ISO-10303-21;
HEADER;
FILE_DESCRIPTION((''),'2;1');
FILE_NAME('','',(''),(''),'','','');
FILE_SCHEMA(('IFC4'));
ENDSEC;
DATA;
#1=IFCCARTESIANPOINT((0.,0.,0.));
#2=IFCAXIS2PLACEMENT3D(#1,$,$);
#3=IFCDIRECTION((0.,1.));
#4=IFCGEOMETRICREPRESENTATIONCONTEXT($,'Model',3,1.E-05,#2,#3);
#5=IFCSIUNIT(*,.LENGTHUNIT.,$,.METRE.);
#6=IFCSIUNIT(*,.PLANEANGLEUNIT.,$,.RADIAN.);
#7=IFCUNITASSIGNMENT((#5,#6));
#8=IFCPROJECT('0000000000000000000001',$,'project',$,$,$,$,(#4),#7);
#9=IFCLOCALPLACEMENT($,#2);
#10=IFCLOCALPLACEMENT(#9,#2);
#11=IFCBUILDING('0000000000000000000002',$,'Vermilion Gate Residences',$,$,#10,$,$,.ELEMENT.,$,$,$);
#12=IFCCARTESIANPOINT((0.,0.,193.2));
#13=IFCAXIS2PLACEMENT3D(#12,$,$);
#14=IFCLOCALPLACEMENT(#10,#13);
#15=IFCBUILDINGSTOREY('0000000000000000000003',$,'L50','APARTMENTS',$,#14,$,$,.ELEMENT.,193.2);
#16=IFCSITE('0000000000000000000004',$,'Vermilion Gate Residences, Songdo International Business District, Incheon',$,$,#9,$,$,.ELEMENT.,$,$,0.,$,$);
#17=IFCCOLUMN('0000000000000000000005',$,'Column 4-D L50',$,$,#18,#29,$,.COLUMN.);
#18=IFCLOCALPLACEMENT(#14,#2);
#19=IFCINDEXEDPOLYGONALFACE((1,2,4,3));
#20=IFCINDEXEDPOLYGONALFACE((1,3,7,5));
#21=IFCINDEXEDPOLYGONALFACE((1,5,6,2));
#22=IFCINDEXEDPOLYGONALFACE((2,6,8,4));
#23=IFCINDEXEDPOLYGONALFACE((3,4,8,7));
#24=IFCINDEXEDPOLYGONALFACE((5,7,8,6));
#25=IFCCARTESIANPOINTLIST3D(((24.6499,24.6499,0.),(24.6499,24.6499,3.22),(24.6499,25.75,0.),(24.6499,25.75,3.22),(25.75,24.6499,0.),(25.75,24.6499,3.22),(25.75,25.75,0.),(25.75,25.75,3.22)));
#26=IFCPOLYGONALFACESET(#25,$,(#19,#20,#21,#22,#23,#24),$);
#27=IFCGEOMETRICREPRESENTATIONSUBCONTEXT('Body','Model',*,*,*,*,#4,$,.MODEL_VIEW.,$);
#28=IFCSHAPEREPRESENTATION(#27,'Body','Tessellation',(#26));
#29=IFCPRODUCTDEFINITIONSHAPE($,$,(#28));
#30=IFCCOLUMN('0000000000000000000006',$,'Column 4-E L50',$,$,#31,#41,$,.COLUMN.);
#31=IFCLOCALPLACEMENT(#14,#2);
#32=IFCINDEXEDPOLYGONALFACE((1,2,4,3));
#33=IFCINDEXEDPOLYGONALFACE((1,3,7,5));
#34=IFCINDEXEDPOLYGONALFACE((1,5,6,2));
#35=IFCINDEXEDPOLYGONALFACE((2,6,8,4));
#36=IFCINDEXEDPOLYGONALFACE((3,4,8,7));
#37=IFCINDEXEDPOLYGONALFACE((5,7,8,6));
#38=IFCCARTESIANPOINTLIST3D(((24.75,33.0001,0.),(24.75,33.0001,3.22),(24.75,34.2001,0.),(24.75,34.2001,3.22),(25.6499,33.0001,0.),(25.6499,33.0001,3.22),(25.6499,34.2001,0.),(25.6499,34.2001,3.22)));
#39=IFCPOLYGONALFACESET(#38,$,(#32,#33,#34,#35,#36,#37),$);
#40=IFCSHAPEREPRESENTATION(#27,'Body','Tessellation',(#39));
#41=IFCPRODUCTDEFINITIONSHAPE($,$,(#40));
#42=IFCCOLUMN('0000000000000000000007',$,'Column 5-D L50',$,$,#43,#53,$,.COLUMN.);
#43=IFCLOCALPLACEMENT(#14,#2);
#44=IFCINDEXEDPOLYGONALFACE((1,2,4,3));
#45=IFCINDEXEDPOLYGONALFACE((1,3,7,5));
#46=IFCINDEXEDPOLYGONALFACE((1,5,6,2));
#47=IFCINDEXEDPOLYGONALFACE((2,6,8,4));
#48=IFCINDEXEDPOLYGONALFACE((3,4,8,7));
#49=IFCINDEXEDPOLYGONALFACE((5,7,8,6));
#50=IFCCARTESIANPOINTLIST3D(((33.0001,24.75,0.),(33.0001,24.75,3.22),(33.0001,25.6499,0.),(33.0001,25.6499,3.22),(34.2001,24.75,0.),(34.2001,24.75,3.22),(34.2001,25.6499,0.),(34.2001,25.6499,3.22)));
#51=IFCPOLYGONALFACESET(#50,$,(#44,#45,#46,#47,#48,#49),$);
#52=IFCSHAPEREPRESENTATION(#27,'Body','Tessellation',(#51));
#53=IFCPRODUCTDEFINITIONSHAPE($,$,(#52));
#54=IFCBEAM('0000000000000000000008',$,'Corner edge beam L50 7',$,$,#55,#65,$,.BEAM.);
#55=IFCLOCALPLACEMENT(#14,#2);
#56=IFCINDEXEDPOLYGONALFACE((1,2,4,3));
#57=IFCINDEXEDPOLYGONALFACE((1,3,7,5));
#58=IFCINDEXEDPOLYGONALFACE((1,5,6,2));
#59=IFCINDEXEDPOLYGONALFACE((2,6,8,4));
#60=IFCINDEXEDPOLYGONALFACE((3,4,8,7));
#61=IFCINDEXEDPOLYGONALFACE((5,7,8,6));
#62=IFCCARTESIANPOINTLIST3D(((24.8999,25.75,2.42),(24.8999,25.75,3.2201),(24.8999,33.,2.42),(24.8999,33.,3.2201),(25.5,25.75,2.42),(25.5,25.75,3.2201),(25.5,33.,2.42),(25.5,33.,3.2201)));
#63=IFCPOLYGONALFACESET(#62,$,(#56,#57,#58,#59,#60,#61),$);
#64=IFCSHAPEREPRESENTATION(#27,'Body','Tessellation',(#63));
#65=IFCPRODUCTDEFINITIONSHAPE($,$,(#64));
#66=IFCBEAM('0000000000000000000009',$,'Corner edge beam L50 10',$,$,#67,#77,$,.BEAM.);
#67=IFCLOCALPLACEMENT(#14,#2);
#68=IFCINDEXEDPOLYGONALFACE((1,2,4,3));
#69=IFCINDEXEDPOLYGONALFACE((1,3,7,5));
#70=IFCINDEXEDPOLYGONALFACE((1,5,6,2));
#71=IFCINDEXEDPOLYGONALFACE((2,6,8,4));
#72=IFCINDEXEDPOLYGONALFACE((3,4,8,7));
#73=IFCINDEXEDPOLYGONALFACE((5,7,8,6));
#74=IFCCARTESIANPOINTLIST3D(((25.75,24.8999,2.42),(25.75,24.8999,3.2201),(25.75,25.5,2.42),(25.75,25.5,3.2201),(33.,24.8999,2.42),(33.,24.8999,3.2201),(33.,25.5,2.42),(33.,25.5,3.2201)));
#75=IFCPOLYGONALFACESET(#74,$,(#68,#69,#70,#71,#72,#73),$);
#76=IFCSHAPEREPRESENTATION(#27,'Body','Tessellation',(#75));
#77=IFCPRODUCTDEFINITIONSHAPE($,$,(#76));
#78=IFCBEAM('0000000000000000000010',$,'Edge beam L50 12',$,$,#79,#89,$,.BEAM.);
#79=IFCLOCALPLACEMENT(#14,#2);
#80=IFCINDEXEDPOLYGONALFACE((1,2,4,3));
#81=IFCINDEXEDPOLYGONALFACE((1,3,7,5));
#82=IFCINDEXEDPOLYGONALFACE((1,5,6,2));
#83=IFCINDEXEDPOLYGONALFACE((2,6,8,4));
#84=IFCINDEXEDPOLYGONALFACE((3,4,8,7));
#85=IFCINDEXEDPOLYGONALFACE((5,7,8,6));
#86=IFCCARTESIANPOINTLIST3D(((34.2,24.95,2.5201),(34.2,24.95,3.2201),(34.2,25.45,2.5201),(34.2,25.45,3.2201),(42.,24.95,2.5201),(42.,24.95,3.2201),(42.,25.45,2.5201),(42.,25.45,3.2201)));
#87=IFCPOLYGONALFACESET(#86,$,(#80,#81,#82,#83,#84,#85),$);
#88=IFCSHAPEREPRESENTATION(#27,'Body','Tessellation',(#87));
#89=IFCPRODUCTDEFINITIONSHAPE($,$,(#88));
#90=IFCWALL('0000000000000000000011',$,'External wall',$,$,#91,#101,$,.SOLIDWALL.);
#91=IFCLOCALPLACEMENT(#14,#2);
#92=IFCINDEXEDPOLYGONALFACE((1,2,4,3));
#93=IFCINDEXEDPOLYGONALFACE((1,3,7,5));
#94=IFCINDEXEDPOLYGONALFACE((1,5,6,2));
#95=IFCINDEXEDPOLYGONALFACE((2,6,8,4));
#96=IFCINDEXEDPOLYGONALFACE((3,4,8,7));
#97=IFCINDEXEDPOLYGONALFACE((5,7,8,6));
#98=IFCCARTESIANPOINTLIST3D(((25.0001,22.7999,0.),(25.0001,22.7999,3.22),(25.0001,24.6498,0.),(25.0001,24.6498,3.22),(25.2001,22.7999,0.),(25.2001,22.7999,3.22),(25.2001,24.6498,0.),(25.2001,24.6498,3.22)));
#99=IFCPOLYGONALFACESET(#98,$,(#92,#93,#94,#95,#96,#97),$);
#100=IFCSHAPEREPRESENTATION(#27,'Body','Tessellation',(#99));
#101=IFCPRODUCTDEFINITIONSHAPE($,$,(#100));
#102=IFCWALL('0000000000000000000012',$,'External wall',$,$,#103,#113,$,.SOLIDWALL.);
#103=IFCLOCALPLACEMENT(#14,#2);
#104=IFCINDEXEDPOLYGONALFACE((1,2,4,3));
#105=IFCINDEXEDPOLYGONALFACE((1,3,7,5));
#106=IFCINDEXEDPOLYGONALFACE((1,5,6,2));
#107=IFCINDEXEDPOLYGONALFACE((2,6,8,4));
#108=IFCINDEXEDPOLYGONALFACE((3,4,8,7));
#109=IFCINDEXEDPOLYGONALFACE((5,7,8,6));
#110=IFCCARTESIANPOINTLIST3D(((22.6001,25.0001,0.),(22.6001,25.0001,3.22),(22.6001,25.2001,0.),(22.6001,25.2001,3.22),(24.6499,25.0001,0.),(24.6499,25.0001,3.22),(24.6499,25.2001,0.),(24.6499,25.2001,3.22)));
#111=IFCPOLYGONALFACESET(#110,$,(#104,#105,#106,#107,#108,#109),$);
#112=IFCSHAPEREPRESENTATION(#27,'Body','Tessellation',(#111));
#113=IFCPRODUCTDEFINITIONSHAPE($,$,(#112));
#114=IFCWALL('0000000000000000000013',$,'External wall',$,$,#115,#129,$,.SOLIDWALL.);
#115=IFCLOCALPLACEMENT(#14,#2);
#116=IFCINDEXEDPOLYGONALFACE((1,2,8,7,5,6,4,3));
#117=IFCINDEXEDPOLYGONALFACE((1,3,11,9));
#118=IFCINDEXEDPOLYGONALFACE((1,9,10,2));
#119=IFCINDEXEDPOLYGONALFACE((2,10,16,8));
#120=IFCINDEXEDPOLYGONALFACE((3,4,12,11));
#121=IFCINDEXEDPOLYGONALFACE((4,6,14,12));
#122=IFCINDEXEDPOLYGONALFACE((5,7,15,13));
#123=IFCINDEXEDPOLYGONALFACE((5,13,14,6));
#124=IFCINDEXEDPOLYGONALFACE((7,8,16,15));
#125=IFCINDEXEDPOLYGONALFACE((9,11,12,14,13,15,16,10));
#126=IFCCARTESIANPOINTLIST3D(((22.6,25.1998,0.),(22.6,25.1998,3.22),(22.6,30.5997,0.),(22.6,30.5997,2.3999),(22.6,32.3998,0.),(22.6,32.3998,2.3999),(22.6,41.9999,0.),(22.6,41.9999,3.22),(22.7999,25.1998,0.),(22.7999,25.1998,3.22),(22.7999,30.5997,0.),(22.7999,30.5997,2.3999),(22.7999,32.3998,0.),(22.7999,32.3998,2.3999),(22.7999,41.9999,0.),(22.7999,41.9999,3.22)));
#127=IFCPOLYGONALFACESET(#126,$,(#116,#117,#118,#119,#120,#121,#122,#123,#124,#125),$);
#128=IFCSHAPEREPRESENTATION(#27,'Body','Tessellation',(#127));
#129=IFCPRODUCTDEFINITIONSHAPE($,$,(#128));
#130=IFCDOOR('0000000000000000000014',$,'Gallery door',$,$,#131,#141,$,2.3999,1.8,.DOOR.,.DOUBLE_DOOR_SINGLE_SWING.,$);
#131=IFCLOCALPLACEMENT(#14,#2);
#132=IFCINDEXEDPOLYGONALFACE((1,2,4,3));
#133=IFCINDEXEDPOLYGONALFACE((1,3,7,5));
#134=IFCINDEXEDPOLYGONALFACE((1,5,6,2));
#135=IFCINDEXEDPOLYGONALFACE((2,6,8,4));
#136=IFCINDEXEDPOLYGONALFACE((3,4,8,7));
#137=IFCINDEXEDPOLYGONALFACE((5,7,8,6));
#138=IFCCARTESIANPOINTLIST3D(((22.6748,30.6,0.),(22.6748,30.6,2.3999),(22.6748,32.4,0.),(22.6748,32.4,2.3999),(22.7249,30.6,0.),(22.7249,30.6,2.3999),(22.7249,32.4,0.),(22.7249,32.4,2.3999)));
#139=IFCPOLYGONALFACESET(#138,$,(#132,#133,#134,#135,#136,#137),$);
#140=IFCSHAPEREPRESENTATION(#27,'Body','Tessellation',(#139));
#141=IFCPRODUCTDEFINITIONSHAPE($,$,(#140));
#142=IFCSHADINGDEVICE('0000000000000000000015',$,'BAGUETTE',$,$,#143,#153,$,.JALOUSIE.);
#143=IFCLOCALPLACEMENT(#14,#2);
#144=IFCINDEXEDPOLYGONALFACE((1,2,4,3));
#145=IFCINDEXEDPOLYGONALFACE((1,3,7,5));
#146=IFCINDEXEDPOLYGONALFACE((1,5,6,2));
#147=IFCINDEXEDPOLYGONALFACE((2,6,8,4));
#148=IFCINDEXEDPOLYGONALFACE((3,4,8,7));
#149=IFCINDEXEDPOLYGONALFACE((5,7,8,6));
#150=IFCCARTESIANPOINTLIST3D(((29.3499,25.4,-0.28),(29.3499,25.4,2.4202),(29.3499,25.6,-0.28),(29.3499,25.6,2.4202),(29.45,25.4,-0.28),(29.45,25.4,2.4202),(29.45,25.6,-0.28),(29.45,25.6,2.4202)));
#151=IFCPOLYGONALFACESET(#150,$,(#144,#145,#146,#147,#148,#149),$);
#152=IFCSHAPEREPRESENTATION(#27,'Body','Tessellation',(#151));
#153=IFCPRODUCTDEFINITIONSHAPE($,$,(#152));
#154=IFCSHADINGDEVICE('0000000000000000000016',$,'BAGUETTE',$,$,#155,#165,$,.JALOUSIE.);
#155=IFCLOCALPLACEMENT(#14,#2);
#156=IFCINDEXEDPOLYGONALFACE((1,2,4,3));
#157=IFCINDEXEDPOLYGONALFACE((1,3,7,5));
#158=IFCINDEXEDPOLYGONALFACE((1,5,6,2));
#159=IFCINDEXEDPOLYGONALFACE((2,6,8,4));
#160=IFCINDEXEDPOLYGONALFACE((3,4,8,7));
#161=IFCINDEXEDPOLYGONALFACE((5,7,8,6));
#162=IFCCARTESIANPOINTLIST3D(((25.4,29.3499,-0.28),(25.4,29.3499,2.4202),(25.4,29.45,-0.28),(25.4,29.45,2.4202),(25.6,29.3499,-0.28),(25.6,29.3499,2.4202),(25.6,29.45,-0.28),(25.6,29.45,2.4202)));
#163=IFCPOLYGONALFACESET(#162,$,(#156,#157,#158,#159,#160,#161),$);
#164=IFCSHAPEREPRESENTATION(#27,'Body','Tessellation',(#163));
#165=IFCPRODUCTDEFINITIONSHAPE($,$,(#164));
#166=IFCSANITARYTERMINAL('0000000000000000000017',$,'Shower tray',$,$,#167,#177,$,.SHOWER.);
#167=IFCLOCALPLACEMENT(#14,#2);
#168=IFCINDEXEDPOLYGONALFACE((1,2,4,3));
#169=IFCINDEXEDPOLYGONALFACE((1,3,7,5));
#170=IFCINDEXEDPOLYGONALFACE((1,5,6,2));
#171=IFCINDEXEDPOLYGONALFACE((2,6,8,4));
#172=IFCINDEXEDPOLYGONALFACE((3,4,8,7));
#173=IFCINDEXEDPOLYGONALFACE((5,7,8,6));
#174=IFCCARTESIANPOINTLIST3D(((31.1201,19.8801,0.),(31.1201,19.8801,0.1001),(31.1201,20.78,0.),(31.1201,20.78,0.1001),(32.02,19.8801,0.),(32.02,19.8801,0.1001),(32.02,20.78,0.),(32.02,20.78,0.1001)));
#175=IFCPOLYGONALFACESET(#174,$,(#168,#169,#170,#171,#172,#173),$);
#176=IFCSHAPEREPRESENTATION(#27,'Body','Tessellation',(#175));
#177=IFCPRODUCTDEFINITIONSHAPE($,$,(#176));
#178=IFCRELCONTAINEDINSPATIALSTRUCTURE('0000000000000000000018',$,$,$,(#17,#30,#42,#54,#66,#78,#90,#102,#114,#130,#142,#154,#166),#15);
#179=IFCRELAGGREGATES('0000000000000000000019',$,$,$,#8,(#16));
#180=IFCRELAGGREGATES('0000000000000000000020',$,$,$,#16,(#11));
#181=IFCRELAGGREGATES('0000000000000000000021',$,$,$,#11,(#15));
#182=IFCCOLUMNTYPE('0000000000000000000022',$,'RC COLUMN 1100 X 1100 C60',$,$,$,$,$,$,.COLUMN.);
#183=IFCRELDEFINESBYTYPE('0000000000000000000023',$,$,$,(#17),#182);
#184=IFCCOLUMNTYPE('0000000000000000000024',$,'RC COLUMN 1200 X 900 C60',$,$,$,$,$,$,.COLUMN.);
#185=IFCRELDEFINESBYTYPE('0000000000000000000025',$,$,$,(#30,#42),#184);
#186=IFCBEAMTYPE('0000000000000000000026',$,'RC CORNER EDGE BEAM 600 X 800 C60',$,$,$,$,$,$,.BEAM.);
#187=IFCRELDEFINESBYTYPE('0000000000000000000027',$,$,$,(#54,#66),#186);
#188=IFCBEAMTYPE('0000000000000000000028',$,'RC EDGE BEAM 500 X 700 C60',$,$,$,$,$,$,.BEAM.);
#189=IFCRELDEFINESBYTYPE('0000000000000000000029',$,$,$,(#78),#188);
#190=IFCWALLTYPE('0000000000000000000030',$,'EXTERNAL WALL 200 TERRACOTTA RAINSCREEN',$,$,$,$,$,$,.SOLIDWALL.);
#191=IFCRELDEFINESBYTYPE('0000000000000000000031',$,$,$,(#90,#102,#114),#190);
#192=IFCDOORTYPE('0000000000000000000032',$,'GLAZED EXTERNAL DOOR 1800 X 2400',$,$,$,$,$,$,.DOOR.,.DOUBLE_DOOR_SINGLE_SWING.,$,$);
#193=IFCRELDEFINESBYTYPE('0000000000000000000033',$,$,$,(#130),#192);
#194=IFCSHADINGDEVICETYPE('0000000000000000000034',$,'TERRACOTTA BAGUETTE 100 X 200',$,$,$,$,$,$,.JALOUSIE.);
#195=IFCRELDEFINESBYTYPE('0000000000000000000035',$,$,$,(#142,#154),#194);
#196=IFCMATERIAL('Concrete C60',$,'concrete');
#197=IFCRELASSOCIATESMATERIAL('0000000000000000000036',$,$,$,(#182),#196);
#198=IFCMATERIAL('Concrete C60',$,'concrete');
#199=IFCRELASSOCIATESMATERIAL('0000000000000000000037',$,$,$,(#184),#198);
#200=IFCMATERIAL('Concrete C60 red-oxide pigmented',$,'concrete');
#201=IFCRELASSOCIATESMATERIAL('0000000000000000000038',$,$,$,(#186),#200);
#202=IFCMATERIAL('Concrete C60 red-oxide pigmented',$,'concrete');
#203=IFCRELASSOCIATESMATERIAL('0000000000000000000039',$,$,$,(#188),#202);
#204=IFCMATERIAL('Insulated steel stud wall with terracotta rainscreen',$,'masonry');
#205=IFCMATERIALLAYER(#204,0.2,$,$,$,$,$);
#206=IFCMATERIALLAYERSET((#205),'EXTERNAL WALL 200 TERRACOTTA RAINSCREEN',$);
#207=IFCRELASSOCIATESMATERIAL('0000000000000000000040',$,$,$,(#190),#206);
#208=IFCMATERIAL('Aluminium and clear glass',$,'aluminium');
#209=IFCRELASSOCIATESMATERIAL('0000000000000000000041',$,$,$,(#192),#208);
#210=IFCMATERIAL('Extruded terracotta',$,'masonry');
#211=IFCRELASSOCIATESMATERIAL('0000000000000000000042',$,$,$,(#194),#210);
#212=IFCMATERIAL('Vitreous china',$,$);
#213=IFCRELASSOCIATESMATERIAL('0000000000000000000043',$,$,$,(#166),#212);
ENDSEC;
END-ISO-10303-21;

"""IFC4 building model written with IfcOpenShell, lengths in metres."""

from ifc_helpers import new_model, si_unit, direction, frame, frame_2d, origin, origin_2d, place, context, subcontext, project, spatial, rectangle, extrude, material, layer, layer_set, material_profile, profile_set, type_object, element, fill, save


model = new_model("IFC4")

# Units and contexts
model_context = context("Model", 3, precision=1e-05, world=origin(), true_north=direction((0.0, 1.0)))
body_context = subcontext(model_context, "Body", "Model", "MODEL_VIEW")
ifc_project = project(units=[si_unit("LENGTHUNIT", "METRE"), si_unit("PLANEANGLEUNIT", "RADIAN")], contexts=[model_context])

# Site, building, storey
site_placement = place(None, origin())
site = spatial("IfcSite", under=ifc_project, at=site_placement, Name="Vermilion Gate Residences, Songdo International Business District, Incheon", CompositionType="ELEMENT", RefElevation=0.0)
building_placement = place(site_placement, origin())
building = spatial("IfcBuilding", under=site, at=building_placement, Name="Vermilion Gate Residences", CompositionType="ELEMENT")
storey_placement = place(building_placement, frame((0.0, 0.0, 193.2)))
storey = spatial("IfcBuildingStorey", under=building, at=storey_placement, Name="L50", Description="APARTMENTS", CompositionType="ELEMENT", Elevation=193.2)

# Columns
ifc_material_1 = material(Name="Concrete C60", Category="concrete")
ifc_material_profile_1 = material_profile(ifc_material_1, rectangle(XDim=1.1001, YDim=1.1001, at=origin_2d()), Name="RC-1100x1100")
ifc_profile_set_1 = profile_set([ifc_material_profile_1], Name="Concrete C60")
column_type_1 = type_object("IfcColumnType", Name="RC COLUMN 1100 X 1100 C60", PredefinedType="COLUMN", material=ifc_profile_set_1)
column_placement = place(storey_placement, frame((25.2, 25.2, 0.0), z_axis=(0.0, 0.0, 1.0), x_axis=(1.0, 0.0, 0.0)))
element("IfcColumn", 1, at=column_placement, inside=storey, type_object=column_type_1, Name="Column 4-D L50", PredefinedType="COLUMN", context=body_context, shape_type="SweptSolid", body=[
    extrude(rectangle(XDim=1.1001, YDim=1.1001, at=origin_2d()), origin(), (0.0, 0.0, 1.0), 3.22),
])
ifc_material_2 = material(Name="Concrete C60", Category="concrete")
ifc_material_profile_2 = material_profile(ifc_material_2, rectangle(XDim=1.2, YDim=0.8999, at=origin_2d()), Name="RC-1200x900")
ifc_profile_set_2 = profile_set([ifc_material_profile_2], Name="Concrete C60")
column_type_2 = type_object("IfcColumnType", Name="RC COLUMN 1200 X 900 C60", PredefinedType="COLUMN", material=ifc_profile_set_2)
for number, where, z_axis, x_axis, name in (
    (2, (25.2, 33.6001, 0.0), (0.0, 0.0, 1.0), (0.0, 1.0, 0.0), "Column 4-E L50"),
    (3, (33.6001, 25.2, 0.0), (0.0, 0.0, 1.0), (1.0, 0.0, 0.0), "Column 5-D L50"),
):
    element("IfcColumn", number, at=place(storey_placement, frame(where, z_axis=z_axis, x_axis=x_axis)), inside=storey, type_object=column_type_2, Name=name, PredefinedType="COLUMN", context=body_context, shape_type="SweptSolid", body=[
        extrude(rectangle(XDim=1.2, YDim=0.8999, at=origin_2d()), origin(), (0.0, 0.0, 1.0), 3.22),
    ])

# Beams
ifc_material_3 = material(Name="Concrete C60 red-oxide pigmented", Category="concrete")
ifc_material_profile_3 = material_profile(ifc_material_3, rectangle(XDim=0.6001, YDim=0.8, at=origin_2d()), Name="RC-600x800")
ifc_profile_set_3 = profile_set([ifc_material_profile_3], Name="Concrete C60 red-oxide pigmented")
beam_type_1 = type_object("IfcBeamType", Name="RC CORNER EDGE BEAM 600 X 800 C60", PredefinedType="BEAM", material=ifc_profile_set_3)
for number, where, z_axis, x_axis, name in (
    (4, (25.2, 25.75, 2.8201), (0.0, 1.0, 0.0), (-1.0, 0.0, 0.0), "Corner edge beam L50 7"),
    (5, (25.75, 25.2, 2.8201), (1.0, 0.0, 0.0), (0.0, 1.0, 0.0), "Corner edge beam L50 10"),
):
    element("IfcBeam", number, at=place(storey_placement, frame(where, z_axis=z_axis, x_axis=x_axis)), inside=storey, type_object=beam_type_1, Name=name, PredefinedType="BEAM", context=body_context, shape_type="SweptSolid", body=[
        extrude(rectangle(XDim=0.6001, YDim=0.8, at=origin_2d()), origin(), (0.0, 0.0, 1.0), 7.25),
    ])
ifc_material_4 = material(Name="Concrete C60 red-oxide pigmented", Category="concrete")
ifc_material_profile_4 = material_profile(ifc_material_4, rectangle(XDim=0.5, YDim=0.7, at=origin_2d()), Name="RC-500x700")
ifc_profile_set_4 = profile_set([ifc_material_profile_4], Name="Concrete C60 red-oxide pigmented")
beam_type_2 = type_object("IfcBeamType", Name="RC EDGE BEAM 500 X 700 C60", PredefinedType="BEAM", material=ifc_profile_set_4)
beam_placement = place(storey_placement, frame((34.2, 25.2, 2.8701), z_axis=(1.0, 0.0, 0.0), x_axis=(0.0, 1.0, 0.0)))
element("IfcBeam", 6, at=beam_placement, inside=storey, type_object=beam_type_2, Name="Edge beam L50 12", PredefinedType="BEAM", context=body_context, shape_type="SweptSolid", body=[
    extrude(rectangle(XDim=0.5, YDim=0.7, at=origin_2d()), origin(), (0.0, 0.0, 1.0), 7.8),
])

# Walls
ifc_material_5 = material(Name="Insulated steel stud wall with terracotta rainscreen", Category="masonry")
ifc_layer = layer(ifc_material_5, 0.2)
ifc_layer_set = layer_set([ifc_layer], Name="EXTERNAL WALL 200 TERRACOTTA RAINSCREEN")
wall_type = type_object("IfcWallType", Name="EXTERNAL WALL 200 TERRACOTTA RAINSCREEN", PredefinedType="SOLIDWALL", material=ifc_layer_set)
wall_1_placement = place(storey_placement, frame((25.1001, 22.8, 0.0), z_axis=(0.0, 0.0, 1.0), x_axis=(0.0, 1.0, 0.0)))
element("IfcWall", 7, at=wall_1_placement, inside=storey, type_object=wall_type, Name="External wall", PredefinedType="SOLIDWALL", context=body_context, shape_type="SweptSolid", body=[
    extrude(rectangle(XDim=1.8499, YDim=0.2, at=frame_2d((0.9248, 0.0))), origin(), (0.0, 0.0, 1.0), 3.22),
])
wall_2_placement = place(storey_placement, frame((24.6499, 25.1001, 0.0), z_axis=(0.0, 0.0, 1.0), x_axis=(-1.0, 0.0, 0.0)))
element("IfcWall", 8, at=wall_2_placement, inside=storey, type_object=wall_type, Name="External wall", PredefinedType="SOLIDWALL", context=body_context, shape_type="SweptSolid", body=[
    extrude(rectangle(XDim=2.0498, YDim=0.2, at=frame_2d((1.0249, 0.0))), origin(), (0.0, 0.0, 1.0), 3.22),
])

# Wall, opening, door
wall_3_placement = place(storey_placement, frame((22.7, 25.2, 0.0), z_axis=(0.0, 0.0, 1.0), x_axis=(0.0, 1.0, 0.0)))
wall_3 = element("IfcWall", 9, at=wall_3_placement, inside=storey, type_object=wall_type, Name="External wall", PredefinedType="SOLIDWALL", context=body_context, shape_type="SweptSolid", body=[
    extrude(rectangle(XDim=16.8, YDim=0.2, at=frame_2d((8.3999, 0.0))), origin(), (0.0, 0.0, 1.0), 3.22),
])
opening_placement = place(wall_3_placement, frame((5.3999, 0.0, 0.0)))
opening = element("IfcOpeningElement", 10, at=opening_placement, cuts=wall_3, PredefinedType="OPENING", context=body_context, shape_type="SweptSolid", body=[
    extrude(rectangle(XDim=1.8, YDim=2.3999, at=frame_2d((0.8999, 1.2))), frame((0.0, 0.1099, 0.0), z_axis=(0.0, -1.0, 0.0), x_axis=(1.0, 0.0, 0.0)), (0.0, 0.0, 1.0), 0.22),
])
ifc_material_6 = material(Name="Aluminium and clear glass", Category="aluminium")
door_type = type_object("IfcDoorType", Name="GLAZED EXTERNAL DOOR 1800 X 2400", OperationType="DOUBLE_DOOR_SINGLE_SWING", PredefinedType="DOOR", material=ifc_material_6)
door_placement = place(opening_placement, frame((1.8, 0.0, 0.0), z_axis=(0.0, 0.0, 1.0), x_axis=(-1.0, 0.0, 0.0)))
door = element("IfcDoor", 11, at=door_placement, inside=storey, type_object=door_type, Name="Gallery door", OperationType="DOUBLE_DOOR_SINGLE_SWING", OverallHeight=2.3999, OverallWidth=1.8, PredefinedType="DOOR", context=body_context, shape_type="SweptSolid", body=[
    extrude(rectangle(XDim=1.8, YDim=2.3999, at=frame_2d((0.8999, 1.2))), frame((0.0, 0.0249, 0.0), z_axis=(0.0, -1.0, 0.0), x_axis=(1.0, 0.0, 0.0)), (0.0, 0.0, 1.0), 0.05),
])
fill(opening, door)

# Shading devices
ifc_material_7 = material(Name="Extruded terracotta", Category="masonry")
ifc_material_profile_5 = material_profile(ifc_material_7, rectangle(XDim=0.2, YDim=0.1001, at=origin_2d()), Name="BAGUETTE 100 X 200")
ifc_profile_set_5 = profile_set([ifc_material_profile_5], Name="Extruded terracotta")
shading_device_type = type_object("IfcShadingDeviceType", Name="TERRACOTTA BAGUETTE 100 X 200", PredefinedType="JALOUSIE", material=ifc_profile_set_5)
for number, where, z_axis, x_axis, name in (
    (12, (29.3999, 25.5, -0.28), (0.0, 0.0, 1.0), (0.0, -1.0, 0.0), "BAGUETTE"),
    (13, (25.5, 29.3999, -0.28), (0.0, 0.0, 1.0), (-1.0, 0.0, 0.0), "BAGUETTE"),
):
    element("IfcShadingDevice", number, at=place(storey_placement, frame(where, z_axis=z_axis, x_axis=x_axis)), inside=storey, type_object=shading_device_type, Name=name, PredefinedType="JALOUSIE", context=body_context, shape_type="SweptSolid", body=[
        extrude(rectangle(XDim=0.2, YDim=0.1001, at=origin_2d()), origin(), (0.0, 0.0, 1.0), 2.7002),
    ])

# Sanitary terminal
ifc_material_8 = material(Name="Vitreous china")
sanitary_terminal_1_placement = place(storey_placement, frame((31.5701, 20.3301, 0.0), z_axis=(0.0, 0.0, 1.0), x_axis=(1.0, 0.0, 0.0)))
element("IfcSanitaryTerminal", 14, at=sanitary_terminal_1_placement, inside=storey, material=ifc_material_8, Name="Shower tray", PredefinedType="SHOWER", context=body_context, shape_type="SweptSolid", body=[
    extrude(rectangle(XDim=0.8999, YDim=0.8999, at=origin_2d()), origin(), (0.0, 0.0, 1.0), 0.1001),
])

save(model, "model.ifc")
